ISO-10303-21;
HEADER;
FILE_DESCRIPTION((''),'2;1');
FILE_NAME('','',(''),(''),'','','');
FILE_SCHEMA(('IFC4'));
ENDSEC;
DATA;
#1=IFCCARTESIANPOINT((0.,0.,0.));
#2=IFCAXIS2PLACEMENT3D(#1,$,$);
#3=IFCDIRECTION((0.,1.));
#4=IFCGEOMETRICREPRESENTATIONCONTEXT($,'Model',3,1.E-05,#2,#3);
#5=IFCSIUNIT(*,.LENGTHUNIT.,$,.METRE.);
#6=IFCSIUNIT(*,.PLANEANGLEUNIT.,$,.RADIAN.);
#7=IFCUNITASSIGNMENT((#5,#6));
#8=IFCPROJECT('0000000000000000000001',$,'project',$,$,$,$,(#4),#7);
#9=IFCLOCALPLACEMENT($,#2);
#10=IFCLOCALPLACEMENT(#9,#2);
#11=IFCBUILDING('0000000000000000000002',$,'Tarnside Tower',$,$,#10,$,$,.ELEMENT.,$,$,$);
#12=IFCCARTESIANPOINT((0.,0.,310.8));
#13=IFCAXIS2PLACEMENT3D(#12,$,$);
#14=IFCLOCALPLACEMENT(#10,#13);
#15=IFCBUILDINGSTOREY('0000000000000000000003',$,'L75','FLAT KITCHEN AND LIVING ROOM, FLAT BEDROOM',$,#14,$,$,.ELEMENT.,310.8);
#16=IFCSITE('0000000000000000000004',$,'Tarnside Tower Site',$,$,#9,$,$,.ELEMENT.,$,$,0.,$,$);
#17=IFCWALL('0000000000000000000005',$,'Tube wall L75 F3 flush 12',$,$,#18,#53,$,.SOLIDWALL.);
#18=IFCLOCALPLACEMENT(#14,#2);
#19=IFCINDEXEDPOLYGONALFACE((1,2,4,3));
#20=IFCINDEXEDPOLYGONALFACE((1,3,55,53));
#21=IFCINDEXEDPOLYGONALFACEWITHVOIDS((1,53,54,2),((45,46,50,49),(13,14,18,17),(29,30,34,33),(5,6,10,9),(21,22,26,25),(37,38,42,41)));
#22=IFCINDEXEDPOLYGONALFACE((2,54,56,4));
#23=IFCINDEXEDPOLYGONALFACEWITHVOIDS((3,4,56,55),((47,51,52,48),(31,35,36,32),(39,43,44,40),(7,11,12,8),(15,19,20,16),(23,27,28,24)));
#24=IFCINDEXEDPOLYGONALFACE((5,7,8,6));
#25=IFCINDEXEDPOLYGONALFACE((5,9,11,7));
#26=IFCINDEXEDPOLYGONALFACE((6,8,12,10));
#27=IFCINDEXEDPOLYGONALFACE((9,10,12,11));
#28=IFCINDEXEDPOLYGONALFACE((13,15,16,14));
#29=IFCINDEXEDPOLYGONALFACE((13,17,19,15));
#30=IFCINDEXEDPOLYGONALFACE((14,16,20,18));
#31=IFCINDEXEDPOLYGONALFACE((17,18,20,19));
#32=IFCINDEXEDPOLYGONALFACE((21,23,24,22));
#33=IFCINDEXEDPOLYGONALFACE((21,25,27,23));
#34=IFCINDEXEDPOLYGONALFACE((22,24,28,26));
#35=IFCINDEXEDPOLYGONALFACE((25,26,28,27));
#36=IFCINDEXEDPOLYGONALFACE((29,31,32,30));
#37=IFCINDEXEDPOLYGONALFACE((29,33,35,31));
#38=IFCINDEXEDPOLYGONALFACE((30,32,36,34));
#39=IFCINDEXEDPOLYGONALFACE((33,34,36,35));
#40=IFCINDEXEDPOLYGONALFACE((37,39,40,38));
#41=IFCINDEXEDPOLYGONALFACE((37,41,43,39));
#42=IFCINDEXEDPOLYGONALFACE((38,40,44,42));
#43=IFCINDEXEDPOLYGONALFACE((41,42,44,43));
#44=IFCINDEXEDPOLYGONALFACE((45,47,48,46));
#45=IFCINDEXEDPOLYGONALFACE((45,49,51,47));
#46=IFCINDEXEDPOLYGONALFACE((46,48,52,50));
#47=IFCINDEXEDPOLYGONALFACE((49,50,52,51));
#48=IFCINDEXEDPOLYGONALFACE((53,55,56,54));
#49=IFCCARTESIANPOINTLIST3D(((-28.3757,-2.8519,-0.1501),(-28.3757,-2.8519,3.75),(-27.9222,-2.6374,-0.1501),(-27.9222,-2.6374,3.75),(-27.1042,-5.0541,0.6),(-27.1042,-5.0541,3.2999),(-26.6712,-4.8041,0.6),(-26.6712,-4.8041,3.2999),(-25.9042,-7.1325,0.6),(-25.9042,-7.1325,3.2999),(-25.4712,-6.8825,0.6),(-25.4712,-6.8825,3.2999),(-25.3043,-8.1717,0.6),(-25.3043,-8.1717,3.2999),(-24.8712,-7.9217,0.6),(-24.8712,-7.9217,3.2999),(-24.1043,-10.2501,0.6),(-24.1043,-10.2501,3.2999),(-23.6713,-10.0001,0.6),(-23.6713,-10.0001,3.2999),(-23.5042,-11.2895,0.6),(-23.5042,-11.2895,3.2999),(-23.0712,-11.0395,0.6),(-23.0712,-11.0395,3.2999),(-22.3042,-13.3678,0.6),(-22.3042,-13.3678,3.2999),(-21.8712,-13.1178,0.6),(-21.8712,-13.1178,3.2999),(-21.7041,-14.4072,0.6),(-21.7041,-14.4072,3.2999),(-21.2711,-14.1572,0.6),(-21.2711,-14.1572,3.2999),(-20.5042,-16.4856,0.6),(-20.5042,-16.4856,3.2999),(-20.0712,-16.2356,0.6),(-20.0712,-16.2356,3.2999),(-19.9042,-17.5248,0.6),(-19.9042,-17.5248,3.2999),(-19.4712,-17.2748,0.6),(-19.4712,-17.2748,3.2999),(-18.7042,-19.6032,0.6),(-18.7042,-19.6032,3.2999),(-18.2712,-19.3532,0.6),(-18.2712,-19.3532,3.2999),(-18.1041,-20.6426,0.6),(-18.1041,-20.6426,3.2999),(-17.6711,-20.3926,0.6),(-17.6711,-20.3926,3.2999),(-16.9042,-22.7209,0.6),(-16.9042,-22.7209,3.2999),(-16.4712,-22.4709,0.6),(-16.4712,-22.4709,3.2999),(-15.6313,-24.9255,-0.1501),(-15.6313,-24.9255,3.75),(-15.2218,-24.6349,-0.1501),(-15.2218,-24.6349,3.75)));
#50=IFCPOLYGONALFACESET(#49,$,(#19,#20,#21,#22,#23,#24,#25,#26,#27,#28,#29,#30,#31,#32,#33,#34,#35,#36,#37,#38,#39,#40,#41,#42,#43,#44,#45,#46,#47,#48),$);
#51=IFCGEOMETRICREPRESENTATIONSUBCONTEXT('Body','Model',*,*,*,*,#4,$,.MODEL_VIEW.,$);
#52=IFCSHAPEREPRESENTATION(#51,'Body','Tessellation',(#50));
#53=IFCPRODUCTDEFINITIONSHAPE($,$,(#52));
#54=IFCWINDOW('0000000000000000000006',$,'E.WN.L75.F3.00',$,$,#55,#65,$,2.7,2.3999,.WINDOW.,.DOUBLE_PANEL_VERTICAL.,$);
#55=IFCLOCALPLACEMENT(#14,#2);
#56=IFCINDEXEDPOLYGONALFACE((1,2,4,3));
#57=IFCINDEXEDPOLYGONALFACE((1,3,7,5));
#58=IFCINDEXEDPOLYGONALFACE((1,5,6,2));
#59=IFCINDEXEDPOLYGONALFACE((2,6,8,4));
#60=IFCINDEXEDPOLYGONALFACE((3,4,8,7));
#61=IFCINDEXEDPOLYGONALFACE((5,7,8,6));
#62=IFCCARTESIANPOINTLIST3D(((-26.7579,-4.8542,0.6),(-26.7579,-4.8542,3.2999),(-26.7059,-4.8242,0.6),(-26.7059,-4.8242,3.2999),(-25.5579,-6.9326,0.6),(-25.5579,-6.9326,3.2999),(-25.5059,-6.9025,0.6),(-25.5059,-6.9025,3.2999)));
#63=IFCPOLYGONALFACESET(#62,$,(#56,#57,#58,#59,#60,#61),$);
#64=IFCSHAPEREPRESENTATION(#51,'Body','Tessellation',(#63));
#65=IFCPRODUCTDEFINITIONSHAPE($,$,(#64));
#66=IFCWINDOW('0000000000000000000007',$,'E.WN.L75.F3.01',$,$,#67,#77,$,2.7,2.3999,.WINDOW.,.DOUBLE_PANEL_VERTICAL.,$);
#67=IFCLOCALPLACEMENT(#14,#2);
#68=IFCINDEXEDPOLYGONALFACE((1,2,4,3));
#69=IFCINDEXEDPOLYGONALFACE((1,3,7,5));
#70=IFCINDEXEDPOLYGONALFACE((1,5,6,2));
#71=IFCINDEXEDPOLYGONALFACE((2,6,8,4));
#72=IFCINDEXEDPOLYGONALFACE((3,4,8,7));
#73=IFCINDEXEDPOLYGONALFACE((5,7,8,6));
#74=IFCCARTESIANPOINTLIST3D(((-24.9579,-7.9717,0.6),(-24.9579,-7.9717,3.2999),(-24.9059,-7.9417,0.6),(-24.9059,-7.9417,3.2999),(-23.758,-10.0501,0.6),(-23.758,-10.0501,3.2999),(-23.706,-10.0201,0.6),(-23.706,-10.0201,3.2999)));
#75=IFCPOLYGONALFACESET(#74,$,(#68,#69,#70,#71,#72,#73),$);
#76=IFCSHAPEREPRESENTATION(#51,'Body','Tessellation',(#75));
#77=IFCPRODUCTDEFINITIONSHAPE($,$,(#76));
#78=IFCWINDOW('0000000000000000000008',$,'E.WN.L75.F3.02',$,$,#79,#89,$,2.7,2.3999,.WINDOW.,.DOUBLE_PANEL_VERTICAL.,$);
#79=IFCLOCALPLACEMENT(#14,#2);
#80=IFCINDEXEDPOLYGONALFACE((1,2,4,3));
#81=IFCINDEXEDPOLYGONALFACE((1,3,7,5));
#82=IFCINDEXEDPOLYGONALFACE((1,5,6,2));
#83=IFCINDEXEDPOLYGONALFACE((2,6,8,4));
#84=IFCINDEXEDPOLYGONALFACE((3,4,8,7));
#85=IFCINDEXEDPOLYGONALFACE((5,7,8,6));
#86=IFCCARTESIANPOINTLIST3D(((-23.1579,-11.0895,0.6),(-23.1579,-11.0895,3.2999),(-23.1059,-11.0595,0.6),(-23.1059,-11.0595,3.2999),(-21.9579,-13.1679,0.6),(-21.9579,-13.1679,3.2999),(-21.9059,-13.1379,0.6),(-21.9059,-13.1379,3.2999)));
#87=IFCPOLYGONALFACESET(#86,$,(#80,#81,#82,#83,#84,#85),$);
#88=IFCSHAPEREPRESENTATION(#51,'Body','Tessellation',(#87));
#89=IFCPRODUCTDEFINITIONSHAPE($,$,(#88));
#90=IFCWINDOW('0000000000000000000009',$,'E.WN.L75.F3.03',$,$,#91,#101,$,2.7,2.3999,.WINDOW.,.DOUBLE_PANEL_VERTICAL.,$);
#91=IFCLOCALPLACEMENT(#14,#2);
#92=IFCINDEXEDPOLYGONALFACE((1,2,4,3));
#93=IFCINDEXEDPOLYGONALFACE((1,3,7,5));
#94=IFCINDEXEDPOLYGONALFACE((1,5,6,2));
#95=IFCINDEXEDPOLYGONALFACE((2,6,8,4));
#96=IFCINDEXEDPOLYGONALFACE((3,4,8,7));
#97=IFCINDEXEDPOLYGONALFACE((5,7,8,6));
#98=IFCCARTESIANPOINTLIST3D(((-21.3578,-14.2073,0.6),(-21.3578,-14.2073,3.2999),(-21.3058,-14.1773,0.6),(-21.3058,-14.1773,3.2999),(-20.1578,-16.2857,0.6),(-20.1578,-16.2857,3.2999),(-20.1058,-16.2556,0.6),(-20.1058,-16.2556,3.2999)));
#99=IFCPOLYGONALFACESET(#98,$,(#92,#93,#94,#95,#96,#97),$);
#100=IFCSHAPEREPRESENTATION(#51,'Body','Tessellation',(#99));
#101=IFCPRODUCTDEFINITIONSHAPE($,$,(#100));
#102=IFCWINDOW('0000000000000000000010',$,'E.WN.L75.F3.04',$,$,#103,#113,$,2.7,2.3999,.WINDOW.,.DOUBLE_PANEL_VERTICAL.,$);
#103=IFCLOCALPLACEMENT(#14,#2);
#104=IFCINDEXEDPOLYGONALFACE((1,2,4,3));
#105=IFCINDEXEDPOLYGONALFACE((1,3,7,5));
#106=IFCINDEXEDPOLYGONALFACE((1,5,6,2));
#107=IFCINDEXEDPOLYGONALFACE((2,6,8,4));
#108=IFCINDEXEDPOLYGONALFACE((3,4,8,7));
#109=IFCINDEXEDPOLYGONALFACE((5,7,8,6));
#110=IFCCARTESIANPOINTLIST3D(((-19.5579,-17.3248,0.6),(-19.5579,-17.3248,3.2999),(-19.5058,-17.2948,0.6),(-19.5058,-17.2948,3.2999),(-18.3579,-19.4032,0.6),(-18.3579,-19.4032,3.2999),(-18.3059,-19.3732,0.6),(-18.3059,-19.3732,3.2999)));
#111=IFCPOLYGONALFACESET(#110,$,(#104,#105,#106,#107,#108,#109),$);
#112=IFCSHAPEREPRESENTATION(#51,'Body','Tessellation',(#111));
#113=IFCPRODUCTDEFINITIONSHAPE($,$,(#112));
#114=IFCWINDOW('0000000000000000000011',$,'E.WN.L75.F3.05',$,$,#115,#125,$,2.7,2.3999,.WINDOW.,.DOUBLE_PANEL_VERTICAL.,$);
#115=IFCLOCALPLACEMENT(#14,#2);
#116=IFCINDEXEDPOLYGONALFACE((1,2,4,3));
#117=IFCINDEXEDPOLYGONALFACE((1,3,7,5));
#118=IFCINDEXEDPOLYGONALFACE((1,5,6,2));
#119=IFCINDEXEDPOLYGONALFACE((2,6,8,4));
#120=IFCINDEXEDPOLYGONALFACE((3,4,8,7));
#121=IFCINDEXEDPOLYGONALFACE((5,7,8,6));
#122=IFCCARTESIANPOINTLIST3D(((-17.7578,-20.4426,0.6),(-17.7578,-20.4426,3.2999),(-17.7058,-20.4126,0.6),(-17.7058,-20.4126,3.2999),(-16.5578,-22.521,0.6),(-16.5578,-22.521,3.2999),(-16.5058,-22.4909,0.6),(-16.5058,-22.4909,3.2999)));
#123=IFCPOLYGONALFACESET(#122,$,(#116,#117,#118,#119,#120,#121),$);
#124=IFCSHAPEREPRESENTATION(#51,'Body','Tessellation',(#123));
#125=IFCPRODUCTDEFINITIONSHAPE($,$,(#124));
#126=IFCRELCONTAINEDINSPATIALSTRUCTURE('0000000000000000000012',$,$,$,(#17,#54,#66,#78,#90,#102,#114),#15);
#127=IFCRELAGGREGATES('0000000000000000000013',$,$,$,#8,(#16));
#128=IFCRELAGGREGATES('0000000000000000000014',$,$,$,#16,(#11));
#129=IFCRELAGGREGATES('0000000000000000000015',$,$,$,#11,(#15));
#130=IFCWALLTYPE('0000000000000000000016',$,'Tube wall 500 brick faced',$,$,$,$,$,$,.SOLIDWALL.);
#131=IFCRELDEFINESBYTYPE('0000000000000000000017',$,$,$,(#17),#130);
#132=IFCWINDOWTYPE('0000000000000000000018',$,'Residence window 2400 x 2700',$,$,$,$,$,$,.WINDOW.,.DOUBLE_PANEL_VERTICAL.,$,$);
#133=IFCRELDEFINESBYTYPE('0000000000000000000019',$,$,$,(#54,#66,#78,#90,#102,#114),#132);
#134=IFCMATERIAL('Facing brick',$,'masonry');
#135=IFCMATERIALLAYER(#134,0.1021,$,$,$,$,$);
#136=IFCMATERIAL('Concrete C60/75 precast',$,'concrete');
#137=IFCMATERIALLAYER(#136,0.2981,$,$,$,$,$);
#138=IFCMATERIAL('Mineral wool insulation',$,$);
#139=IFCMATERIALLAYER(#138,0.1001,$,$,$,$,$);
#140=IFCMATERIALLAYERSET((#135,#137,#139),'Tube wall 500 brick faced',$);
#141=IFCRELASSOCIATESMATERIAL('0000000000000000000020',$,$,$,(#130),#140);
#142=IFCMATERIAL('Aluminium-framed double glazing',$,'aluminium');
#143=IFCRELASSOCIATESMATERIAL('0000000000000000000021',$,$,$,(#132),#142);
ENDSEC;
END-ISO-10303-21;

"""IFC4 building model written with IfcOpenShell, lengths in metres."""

from ifc_helpers import new_model, si_unit, direction, frame, frame_2d, origin, place, context, subcontext, project, spatial, polyline, rectangle, outline, extrude, material, layer, layer_set, type_object, element, fill, save


model = new_model("IFC4")

# Units and contexts
model_context = context("Model", 3, precision=1e-05, world=origin(), true_north=direction((0.0, 1.0)))
body_context = subcontext(model_context, "Body", "Model", "MODEL_VIEW")
ifc_project = project(units=[si_unit("LENGTHUNIT", "METRE"), si_unit("PLANEANGLEUNIT", "RADIAN")], contexts=[model_context])

# Site, building, storey
site_placement = place(None, origin())
site = spatial("IfcSite", under=ifc_project, at=site_placement, Name="Tarnside Tower Site", CompositionType="ELEMENT", RefElevation=0.0)
building_placement = place(site_placement, origin())
building = spatial("IfcBuilding", under=site, at=building_placement, Name="Tarnside Tower", CompositionType="ELEMENT")
storey_placement = place(building_placement, frame((0.0, 0.0, 310.8)))
storey = spatial("IfcBuildingStorey", under=building, at=storey_placement, Name="L75", Description="FLAT KITCHEN AND LIVING ROOM, FLAT BEDROOM", CompositionType="ELEMENT", Elevation=310.8)

# Shared definitions
ifc_material_1 = material(Name="Facing brick", Category="masonry")
ifc_layer_1 = layer(ifc_material_1, 0.1021)
ifc_material_2 = material(Name="Concrete C60/75 precast", Category="concrete")
ifc_layer_2 = layer(ifc_material_2, 0.2981)
ifc_material_3 = material(Name="Mineral wool insulation")
ifc_layer_3 = layer(ifc_material_3, 0.1001)
ifc_layer_set_1 = layer_set([ifc_layer_1, ifc_layer_2, ifc_layer_3], Name="Tube wall 500 brick faced")
wall_type_1 = type_object("IfcWallType", Name="Tube wall 500 brick faced", PredefinedType="SOLIDWALL", material=ifc_layer_set_1)

# Wall, openings, windows
wall_1_placement = place(storey_placement, frame((-28.1489, -2.7446, -0.1501), z_axis=(0.0, 0.0, 1.0), x_axis=(0.500004, -0.866023, 0.0)))
wall_1 = element("IfcWall", 1, at=wall_1_placement, inside=storey, type_object=wall_type_1, Name="Tube wall L75 F3 flush 12", PredefinedType="SOLIDWALL", context=body_context, shape_type="SweptSolid", body=[
    extrude(outline(polyline([(-0.0205, -0.25), (25.468, -0.25), (25.4211, 0.25), (0.0205, 0.25), (-0.0205, -0.25)])), origin(), (0.0, 0.0, 1.0), 3.9001),
])
opening_1_placement = place(wall_1_placement, frame((2.5225, 0.0, 0.75)))
opening_1 = element("IfcOpeningElement", 2, at=opening_1_placement, cuts=wall_1, PredefinedType="OPENING", context=body_context, shape_type="SweptSolid", body=[
    extrude(rectangle(XDim=2.3999, YDim=2.7, at=frame_2d((1.2, 1.3501))), frame((0.0, 0.26, 0.0), z_axis=(0.0, -1.0, 0.0), x_axis=(1.0, 0.0, 0.0)), (0.0, 0.0, 1.0), 0.52),
])
opening_2_placement = place(wall_1_placement, frame((6.1223, 0.0, 0.75)))
opening_2 = element("IfcOpeningElement", 3, at=opening_2_placement, cuts=wall_1, PredefinedType="OPENING", context=body_context, shape_type="SweptSolid", body=[
    extrude(rectangle(XDim=2.3999, YDim=2.7, at=frame_2d((1.2, 1.3501))), frame((0.0, 0.26, 0.0), z_axis=(0.0, -1.0, 0.0), x_axis=(1.0, 0.0, 0.0)), (0.0, 0.0, 1.0), 0.52),
])
opening_3_placement = place(wall_1_placement, frame((9.7224, 0.0, 0.75)))
opening_3 = element("IfcOpeningElement", 4, at=opening_3_placement, cuts=wall_1, PredefinedType="OPENING", context=body_context, shape_type="SweptSolid", body=[
    extrude(rectangle(XDim=2.3999, YDim=2.7, at=frame_2d((1.2, 1.3501))), frame((0.0, 0.26, 0.0), z_axis=(0.0, -1.0, 0.0), x_axis=(1.0, 0.0, 0.0)), (0.0, 0.0, 1.0), 0.52),
])
opening_4_placement = place(wall_1_placement, frame((13.3225, 0.0, 0.75)))
opening_4 = element("IfcOpeningElement", 5, at=opening_4_placement, cuts=wall_1, PredefinedType="OPENING", context=body_context, shape_type="SweptSolid", body=[
    extrude(rectangle(XDim=2.3999, YDim=2.7, at=frame_2d((1.2, 1.3501))), frame((0.0, 0.26, 0.0), z_axis=(0.0, -1.0, 0.0), x_axis=(1.0, 0.0, 0.0)), (0.0, 0.0, 1.0), 0.52),
])
opening_5_placement = place(wall_1_placement, frame((16.9224, 0.0, 0.75)))
opening_5 = element("IfcOpeningElement", 6, at=opening_5_placement, cuts=wall_1, PredefinedType="OPENING", context=body_context, shape_type="SweptSolid", body=[
    extrude(rectangle(XDim=2.3999, YDim=2.7, at=frame_2d((1.2, 1.3501))), frame((0.0, 0.26, 0.0), z_axis=(0.0, -1.0, 0.0), x_axis=(1.0, 0.0, 0.0)), (0.0, 0.0, 1.0), 0.52),
])
opening_6_placement = place(wall_1_placement, frame((20.5225, 0.0, 0.75)))
opening_6 = element("IfcOpeningElement", 7, at=opening_6_placement, cuts=wall_1, PredefinedType="OPENING", context=body_context, shape_type="SweptSolid", body=[
    extrude(rectangle(XDim=2.3999, YDim=2.7, at=frame_2d((1.2, 1.3501))), frame((0.0, 0.26, 0.0), z_axis=(0.0, -1.0, 0.0), x_axis=(1.0, 0.0, 0.0)), (0.0, 0.0, 1.0), 0.52),
])
ifc_material_4 = material(Name="Aluminium-framed double glazing", Category="aluminium")
window_type = type_object("IfcWindowType", Name="Residence window 2400 x 2700", PartitioningType="DOUBLE_PANEL_VERTICAL", PredefinedType="WINDOW", material=ifc_material_4)
window_1_placement = place(opening_1_placement, frame((0.0, 0.1799, 0.0)))
window_1 = element("IfcWindow", 8, at=window_1_placement, inside=storey, type_object=window_type, Name="E.WN.L75.F3.00", OverallHeight=2.7, OverallWidth=2.3999, PartitioningType="DOUBLE_PANEL_VERTICAL", PredefinedType="WINDOW", context=body_context, shape_type="SweptSolid", body=[
    extrude(rectangle(XDim=2.3999, YDim=2.7, at=frame_2d((1.2, 1.3501))), frame((0.0, 0.03, 0.0), z_axis=(0.0, -1.0, 0.0), x_axis=(1.0, 0.0, 0.0)), (0.0, 0.0, 1.0), 0.0601),
])
fill(opening_1, window_1)
window_2_placement = place(opening_2_placement, frame((0.0, 0.1799, 0.0)))
window_2 = element("IfcWindow", 9, at=window_2_placement, inside=storey, type_object=window_type, Name="E.WN.L75.F3.01", OverallHeight=2.7, OverallWidth=2.3999, PartitioningType="DOUBLE_PANEL_VERTICAL", PredefinedType="WINDOW", context=body_context, shape_type="SweptSolid", body=[
    extrude(rectangle(XDim=2.3999, YDim=2.7, at=frame_2d((1.2, 1.3501))), frame((0.0, 0.03, 0.0), z_axis=(0.0, -1.0, 0.0), x_axis=(1.0, 0.0, 0.0)), (0.0, 0.0, 1.0), 0.0601),
])
fill(opening_2, window_2)
window_3_placement = place(opening_3_placement, frame((0.0, 0.1799, 0.0)))
window_3 = element("IfcWindow", 10, at=window_3_placement, inside=storey, type_object=window_type, Name="E.WN.L75.F3.02", OverallHeight=2.7, OverallWidth=2.3999, PartitioningType="DOUBLE_PANEL_VERTICAL", PredefinedType="WINDOW", context=body_context, shape_type="SweptSolid", body=[
    extrude(rectangle(XDim=2.3999, YDim=2.7, at=frame_2d((1.2, 1.3501))), frame((0.0, 0.03, 0.0), z_axis=(0.0, -1.0, 0.0), x_axis=(1.0, 0.0, 0.0)), (0.0, 0.0, 1.0), 0.0601),
])
fill(opening_3, window_3)
window_4_placement = place(opening_4_placement, frame((0.0, 0.1799, 0.0)))
window_4 = element("IfcWindow", 11, at=window_4_placement, inside=storey, type_object=window_type, Name="E.WN.L75.F3.03", OverallHeight=2.7, OverallWidth=2.3999, PartitioningType="DOUBLE_PANEL_VERTICAL", PredefinedType="WINDOW", context=body_context, shape_type="SweptSolid", body=[
    extrude(rectangle(XDim=2.3999, YDim=2.7, at=frame_2d((1.2, 1.3501))), frame((0.0, 0.03, 0.0), z_axis=(0.0, -1.0, 0.0), x_axis=(1.0, 0.0, 0.0)), (0.0, 0.0, 1.0), 0.0601),
])
fill(opening_4, window_4)
window_5_placement = place(opening_5_placement, frame((0.0, 0.1799, 0.0)))
window_5 = element("IfcWindow", 12, at=window_5_placement, inside=storey, type_object=window_type, Name="E.WN.L75.F3.04", OverallHeight=2.7, OverallWidth=2.3999, PartitioningType="DOUBLE_PANEL_VERTICAL", PredefinedType="WINDOW", context=body_context, shape_type="SweptSolid", body=[
    extrude(rectangle(XDim=2.3999, YDim=2.7, at=frame_2d((1.2, 1.3501))), frame((0.0, 0.03, 0.0), z_axis=(0.0, -1.0, 0.0), x_axis=(1.0, 0.0, 0.0)), (0.0, 0.0, 1.0), 0.0601),
])
fill(opening_5, window_5)
window_6_placement = place(opening_6_placement, frame((0.0, 0.1799, 0.0)))
window_6 = element("IfcWindow", 13, at=window_6_placement, inside=storey, type_object=window_type, Name="E.WN.L75.F3.05", OverallHeight=2.7, OverallWidth=2.3999, PartitioningType="DOUBLE_PANEL_VERTICAL", PredefinedType="WINDOW", context=body_context, shape_type="SweptSolid", body=[
    extrude(rectangle(XDim=2.3999, YDim=2.7, at=frame_2d((1.2, 1.3501))), frame((0.0, 0.03, 0.0), z_axis=(0.0, -1.0, 0.0), x_axis=(1.0, 0.0, 0.0)), (0.0, 0.0, 1.0), 0.0601),
])
fill(opening_6, window_6)

save(model, "model.ifc")
